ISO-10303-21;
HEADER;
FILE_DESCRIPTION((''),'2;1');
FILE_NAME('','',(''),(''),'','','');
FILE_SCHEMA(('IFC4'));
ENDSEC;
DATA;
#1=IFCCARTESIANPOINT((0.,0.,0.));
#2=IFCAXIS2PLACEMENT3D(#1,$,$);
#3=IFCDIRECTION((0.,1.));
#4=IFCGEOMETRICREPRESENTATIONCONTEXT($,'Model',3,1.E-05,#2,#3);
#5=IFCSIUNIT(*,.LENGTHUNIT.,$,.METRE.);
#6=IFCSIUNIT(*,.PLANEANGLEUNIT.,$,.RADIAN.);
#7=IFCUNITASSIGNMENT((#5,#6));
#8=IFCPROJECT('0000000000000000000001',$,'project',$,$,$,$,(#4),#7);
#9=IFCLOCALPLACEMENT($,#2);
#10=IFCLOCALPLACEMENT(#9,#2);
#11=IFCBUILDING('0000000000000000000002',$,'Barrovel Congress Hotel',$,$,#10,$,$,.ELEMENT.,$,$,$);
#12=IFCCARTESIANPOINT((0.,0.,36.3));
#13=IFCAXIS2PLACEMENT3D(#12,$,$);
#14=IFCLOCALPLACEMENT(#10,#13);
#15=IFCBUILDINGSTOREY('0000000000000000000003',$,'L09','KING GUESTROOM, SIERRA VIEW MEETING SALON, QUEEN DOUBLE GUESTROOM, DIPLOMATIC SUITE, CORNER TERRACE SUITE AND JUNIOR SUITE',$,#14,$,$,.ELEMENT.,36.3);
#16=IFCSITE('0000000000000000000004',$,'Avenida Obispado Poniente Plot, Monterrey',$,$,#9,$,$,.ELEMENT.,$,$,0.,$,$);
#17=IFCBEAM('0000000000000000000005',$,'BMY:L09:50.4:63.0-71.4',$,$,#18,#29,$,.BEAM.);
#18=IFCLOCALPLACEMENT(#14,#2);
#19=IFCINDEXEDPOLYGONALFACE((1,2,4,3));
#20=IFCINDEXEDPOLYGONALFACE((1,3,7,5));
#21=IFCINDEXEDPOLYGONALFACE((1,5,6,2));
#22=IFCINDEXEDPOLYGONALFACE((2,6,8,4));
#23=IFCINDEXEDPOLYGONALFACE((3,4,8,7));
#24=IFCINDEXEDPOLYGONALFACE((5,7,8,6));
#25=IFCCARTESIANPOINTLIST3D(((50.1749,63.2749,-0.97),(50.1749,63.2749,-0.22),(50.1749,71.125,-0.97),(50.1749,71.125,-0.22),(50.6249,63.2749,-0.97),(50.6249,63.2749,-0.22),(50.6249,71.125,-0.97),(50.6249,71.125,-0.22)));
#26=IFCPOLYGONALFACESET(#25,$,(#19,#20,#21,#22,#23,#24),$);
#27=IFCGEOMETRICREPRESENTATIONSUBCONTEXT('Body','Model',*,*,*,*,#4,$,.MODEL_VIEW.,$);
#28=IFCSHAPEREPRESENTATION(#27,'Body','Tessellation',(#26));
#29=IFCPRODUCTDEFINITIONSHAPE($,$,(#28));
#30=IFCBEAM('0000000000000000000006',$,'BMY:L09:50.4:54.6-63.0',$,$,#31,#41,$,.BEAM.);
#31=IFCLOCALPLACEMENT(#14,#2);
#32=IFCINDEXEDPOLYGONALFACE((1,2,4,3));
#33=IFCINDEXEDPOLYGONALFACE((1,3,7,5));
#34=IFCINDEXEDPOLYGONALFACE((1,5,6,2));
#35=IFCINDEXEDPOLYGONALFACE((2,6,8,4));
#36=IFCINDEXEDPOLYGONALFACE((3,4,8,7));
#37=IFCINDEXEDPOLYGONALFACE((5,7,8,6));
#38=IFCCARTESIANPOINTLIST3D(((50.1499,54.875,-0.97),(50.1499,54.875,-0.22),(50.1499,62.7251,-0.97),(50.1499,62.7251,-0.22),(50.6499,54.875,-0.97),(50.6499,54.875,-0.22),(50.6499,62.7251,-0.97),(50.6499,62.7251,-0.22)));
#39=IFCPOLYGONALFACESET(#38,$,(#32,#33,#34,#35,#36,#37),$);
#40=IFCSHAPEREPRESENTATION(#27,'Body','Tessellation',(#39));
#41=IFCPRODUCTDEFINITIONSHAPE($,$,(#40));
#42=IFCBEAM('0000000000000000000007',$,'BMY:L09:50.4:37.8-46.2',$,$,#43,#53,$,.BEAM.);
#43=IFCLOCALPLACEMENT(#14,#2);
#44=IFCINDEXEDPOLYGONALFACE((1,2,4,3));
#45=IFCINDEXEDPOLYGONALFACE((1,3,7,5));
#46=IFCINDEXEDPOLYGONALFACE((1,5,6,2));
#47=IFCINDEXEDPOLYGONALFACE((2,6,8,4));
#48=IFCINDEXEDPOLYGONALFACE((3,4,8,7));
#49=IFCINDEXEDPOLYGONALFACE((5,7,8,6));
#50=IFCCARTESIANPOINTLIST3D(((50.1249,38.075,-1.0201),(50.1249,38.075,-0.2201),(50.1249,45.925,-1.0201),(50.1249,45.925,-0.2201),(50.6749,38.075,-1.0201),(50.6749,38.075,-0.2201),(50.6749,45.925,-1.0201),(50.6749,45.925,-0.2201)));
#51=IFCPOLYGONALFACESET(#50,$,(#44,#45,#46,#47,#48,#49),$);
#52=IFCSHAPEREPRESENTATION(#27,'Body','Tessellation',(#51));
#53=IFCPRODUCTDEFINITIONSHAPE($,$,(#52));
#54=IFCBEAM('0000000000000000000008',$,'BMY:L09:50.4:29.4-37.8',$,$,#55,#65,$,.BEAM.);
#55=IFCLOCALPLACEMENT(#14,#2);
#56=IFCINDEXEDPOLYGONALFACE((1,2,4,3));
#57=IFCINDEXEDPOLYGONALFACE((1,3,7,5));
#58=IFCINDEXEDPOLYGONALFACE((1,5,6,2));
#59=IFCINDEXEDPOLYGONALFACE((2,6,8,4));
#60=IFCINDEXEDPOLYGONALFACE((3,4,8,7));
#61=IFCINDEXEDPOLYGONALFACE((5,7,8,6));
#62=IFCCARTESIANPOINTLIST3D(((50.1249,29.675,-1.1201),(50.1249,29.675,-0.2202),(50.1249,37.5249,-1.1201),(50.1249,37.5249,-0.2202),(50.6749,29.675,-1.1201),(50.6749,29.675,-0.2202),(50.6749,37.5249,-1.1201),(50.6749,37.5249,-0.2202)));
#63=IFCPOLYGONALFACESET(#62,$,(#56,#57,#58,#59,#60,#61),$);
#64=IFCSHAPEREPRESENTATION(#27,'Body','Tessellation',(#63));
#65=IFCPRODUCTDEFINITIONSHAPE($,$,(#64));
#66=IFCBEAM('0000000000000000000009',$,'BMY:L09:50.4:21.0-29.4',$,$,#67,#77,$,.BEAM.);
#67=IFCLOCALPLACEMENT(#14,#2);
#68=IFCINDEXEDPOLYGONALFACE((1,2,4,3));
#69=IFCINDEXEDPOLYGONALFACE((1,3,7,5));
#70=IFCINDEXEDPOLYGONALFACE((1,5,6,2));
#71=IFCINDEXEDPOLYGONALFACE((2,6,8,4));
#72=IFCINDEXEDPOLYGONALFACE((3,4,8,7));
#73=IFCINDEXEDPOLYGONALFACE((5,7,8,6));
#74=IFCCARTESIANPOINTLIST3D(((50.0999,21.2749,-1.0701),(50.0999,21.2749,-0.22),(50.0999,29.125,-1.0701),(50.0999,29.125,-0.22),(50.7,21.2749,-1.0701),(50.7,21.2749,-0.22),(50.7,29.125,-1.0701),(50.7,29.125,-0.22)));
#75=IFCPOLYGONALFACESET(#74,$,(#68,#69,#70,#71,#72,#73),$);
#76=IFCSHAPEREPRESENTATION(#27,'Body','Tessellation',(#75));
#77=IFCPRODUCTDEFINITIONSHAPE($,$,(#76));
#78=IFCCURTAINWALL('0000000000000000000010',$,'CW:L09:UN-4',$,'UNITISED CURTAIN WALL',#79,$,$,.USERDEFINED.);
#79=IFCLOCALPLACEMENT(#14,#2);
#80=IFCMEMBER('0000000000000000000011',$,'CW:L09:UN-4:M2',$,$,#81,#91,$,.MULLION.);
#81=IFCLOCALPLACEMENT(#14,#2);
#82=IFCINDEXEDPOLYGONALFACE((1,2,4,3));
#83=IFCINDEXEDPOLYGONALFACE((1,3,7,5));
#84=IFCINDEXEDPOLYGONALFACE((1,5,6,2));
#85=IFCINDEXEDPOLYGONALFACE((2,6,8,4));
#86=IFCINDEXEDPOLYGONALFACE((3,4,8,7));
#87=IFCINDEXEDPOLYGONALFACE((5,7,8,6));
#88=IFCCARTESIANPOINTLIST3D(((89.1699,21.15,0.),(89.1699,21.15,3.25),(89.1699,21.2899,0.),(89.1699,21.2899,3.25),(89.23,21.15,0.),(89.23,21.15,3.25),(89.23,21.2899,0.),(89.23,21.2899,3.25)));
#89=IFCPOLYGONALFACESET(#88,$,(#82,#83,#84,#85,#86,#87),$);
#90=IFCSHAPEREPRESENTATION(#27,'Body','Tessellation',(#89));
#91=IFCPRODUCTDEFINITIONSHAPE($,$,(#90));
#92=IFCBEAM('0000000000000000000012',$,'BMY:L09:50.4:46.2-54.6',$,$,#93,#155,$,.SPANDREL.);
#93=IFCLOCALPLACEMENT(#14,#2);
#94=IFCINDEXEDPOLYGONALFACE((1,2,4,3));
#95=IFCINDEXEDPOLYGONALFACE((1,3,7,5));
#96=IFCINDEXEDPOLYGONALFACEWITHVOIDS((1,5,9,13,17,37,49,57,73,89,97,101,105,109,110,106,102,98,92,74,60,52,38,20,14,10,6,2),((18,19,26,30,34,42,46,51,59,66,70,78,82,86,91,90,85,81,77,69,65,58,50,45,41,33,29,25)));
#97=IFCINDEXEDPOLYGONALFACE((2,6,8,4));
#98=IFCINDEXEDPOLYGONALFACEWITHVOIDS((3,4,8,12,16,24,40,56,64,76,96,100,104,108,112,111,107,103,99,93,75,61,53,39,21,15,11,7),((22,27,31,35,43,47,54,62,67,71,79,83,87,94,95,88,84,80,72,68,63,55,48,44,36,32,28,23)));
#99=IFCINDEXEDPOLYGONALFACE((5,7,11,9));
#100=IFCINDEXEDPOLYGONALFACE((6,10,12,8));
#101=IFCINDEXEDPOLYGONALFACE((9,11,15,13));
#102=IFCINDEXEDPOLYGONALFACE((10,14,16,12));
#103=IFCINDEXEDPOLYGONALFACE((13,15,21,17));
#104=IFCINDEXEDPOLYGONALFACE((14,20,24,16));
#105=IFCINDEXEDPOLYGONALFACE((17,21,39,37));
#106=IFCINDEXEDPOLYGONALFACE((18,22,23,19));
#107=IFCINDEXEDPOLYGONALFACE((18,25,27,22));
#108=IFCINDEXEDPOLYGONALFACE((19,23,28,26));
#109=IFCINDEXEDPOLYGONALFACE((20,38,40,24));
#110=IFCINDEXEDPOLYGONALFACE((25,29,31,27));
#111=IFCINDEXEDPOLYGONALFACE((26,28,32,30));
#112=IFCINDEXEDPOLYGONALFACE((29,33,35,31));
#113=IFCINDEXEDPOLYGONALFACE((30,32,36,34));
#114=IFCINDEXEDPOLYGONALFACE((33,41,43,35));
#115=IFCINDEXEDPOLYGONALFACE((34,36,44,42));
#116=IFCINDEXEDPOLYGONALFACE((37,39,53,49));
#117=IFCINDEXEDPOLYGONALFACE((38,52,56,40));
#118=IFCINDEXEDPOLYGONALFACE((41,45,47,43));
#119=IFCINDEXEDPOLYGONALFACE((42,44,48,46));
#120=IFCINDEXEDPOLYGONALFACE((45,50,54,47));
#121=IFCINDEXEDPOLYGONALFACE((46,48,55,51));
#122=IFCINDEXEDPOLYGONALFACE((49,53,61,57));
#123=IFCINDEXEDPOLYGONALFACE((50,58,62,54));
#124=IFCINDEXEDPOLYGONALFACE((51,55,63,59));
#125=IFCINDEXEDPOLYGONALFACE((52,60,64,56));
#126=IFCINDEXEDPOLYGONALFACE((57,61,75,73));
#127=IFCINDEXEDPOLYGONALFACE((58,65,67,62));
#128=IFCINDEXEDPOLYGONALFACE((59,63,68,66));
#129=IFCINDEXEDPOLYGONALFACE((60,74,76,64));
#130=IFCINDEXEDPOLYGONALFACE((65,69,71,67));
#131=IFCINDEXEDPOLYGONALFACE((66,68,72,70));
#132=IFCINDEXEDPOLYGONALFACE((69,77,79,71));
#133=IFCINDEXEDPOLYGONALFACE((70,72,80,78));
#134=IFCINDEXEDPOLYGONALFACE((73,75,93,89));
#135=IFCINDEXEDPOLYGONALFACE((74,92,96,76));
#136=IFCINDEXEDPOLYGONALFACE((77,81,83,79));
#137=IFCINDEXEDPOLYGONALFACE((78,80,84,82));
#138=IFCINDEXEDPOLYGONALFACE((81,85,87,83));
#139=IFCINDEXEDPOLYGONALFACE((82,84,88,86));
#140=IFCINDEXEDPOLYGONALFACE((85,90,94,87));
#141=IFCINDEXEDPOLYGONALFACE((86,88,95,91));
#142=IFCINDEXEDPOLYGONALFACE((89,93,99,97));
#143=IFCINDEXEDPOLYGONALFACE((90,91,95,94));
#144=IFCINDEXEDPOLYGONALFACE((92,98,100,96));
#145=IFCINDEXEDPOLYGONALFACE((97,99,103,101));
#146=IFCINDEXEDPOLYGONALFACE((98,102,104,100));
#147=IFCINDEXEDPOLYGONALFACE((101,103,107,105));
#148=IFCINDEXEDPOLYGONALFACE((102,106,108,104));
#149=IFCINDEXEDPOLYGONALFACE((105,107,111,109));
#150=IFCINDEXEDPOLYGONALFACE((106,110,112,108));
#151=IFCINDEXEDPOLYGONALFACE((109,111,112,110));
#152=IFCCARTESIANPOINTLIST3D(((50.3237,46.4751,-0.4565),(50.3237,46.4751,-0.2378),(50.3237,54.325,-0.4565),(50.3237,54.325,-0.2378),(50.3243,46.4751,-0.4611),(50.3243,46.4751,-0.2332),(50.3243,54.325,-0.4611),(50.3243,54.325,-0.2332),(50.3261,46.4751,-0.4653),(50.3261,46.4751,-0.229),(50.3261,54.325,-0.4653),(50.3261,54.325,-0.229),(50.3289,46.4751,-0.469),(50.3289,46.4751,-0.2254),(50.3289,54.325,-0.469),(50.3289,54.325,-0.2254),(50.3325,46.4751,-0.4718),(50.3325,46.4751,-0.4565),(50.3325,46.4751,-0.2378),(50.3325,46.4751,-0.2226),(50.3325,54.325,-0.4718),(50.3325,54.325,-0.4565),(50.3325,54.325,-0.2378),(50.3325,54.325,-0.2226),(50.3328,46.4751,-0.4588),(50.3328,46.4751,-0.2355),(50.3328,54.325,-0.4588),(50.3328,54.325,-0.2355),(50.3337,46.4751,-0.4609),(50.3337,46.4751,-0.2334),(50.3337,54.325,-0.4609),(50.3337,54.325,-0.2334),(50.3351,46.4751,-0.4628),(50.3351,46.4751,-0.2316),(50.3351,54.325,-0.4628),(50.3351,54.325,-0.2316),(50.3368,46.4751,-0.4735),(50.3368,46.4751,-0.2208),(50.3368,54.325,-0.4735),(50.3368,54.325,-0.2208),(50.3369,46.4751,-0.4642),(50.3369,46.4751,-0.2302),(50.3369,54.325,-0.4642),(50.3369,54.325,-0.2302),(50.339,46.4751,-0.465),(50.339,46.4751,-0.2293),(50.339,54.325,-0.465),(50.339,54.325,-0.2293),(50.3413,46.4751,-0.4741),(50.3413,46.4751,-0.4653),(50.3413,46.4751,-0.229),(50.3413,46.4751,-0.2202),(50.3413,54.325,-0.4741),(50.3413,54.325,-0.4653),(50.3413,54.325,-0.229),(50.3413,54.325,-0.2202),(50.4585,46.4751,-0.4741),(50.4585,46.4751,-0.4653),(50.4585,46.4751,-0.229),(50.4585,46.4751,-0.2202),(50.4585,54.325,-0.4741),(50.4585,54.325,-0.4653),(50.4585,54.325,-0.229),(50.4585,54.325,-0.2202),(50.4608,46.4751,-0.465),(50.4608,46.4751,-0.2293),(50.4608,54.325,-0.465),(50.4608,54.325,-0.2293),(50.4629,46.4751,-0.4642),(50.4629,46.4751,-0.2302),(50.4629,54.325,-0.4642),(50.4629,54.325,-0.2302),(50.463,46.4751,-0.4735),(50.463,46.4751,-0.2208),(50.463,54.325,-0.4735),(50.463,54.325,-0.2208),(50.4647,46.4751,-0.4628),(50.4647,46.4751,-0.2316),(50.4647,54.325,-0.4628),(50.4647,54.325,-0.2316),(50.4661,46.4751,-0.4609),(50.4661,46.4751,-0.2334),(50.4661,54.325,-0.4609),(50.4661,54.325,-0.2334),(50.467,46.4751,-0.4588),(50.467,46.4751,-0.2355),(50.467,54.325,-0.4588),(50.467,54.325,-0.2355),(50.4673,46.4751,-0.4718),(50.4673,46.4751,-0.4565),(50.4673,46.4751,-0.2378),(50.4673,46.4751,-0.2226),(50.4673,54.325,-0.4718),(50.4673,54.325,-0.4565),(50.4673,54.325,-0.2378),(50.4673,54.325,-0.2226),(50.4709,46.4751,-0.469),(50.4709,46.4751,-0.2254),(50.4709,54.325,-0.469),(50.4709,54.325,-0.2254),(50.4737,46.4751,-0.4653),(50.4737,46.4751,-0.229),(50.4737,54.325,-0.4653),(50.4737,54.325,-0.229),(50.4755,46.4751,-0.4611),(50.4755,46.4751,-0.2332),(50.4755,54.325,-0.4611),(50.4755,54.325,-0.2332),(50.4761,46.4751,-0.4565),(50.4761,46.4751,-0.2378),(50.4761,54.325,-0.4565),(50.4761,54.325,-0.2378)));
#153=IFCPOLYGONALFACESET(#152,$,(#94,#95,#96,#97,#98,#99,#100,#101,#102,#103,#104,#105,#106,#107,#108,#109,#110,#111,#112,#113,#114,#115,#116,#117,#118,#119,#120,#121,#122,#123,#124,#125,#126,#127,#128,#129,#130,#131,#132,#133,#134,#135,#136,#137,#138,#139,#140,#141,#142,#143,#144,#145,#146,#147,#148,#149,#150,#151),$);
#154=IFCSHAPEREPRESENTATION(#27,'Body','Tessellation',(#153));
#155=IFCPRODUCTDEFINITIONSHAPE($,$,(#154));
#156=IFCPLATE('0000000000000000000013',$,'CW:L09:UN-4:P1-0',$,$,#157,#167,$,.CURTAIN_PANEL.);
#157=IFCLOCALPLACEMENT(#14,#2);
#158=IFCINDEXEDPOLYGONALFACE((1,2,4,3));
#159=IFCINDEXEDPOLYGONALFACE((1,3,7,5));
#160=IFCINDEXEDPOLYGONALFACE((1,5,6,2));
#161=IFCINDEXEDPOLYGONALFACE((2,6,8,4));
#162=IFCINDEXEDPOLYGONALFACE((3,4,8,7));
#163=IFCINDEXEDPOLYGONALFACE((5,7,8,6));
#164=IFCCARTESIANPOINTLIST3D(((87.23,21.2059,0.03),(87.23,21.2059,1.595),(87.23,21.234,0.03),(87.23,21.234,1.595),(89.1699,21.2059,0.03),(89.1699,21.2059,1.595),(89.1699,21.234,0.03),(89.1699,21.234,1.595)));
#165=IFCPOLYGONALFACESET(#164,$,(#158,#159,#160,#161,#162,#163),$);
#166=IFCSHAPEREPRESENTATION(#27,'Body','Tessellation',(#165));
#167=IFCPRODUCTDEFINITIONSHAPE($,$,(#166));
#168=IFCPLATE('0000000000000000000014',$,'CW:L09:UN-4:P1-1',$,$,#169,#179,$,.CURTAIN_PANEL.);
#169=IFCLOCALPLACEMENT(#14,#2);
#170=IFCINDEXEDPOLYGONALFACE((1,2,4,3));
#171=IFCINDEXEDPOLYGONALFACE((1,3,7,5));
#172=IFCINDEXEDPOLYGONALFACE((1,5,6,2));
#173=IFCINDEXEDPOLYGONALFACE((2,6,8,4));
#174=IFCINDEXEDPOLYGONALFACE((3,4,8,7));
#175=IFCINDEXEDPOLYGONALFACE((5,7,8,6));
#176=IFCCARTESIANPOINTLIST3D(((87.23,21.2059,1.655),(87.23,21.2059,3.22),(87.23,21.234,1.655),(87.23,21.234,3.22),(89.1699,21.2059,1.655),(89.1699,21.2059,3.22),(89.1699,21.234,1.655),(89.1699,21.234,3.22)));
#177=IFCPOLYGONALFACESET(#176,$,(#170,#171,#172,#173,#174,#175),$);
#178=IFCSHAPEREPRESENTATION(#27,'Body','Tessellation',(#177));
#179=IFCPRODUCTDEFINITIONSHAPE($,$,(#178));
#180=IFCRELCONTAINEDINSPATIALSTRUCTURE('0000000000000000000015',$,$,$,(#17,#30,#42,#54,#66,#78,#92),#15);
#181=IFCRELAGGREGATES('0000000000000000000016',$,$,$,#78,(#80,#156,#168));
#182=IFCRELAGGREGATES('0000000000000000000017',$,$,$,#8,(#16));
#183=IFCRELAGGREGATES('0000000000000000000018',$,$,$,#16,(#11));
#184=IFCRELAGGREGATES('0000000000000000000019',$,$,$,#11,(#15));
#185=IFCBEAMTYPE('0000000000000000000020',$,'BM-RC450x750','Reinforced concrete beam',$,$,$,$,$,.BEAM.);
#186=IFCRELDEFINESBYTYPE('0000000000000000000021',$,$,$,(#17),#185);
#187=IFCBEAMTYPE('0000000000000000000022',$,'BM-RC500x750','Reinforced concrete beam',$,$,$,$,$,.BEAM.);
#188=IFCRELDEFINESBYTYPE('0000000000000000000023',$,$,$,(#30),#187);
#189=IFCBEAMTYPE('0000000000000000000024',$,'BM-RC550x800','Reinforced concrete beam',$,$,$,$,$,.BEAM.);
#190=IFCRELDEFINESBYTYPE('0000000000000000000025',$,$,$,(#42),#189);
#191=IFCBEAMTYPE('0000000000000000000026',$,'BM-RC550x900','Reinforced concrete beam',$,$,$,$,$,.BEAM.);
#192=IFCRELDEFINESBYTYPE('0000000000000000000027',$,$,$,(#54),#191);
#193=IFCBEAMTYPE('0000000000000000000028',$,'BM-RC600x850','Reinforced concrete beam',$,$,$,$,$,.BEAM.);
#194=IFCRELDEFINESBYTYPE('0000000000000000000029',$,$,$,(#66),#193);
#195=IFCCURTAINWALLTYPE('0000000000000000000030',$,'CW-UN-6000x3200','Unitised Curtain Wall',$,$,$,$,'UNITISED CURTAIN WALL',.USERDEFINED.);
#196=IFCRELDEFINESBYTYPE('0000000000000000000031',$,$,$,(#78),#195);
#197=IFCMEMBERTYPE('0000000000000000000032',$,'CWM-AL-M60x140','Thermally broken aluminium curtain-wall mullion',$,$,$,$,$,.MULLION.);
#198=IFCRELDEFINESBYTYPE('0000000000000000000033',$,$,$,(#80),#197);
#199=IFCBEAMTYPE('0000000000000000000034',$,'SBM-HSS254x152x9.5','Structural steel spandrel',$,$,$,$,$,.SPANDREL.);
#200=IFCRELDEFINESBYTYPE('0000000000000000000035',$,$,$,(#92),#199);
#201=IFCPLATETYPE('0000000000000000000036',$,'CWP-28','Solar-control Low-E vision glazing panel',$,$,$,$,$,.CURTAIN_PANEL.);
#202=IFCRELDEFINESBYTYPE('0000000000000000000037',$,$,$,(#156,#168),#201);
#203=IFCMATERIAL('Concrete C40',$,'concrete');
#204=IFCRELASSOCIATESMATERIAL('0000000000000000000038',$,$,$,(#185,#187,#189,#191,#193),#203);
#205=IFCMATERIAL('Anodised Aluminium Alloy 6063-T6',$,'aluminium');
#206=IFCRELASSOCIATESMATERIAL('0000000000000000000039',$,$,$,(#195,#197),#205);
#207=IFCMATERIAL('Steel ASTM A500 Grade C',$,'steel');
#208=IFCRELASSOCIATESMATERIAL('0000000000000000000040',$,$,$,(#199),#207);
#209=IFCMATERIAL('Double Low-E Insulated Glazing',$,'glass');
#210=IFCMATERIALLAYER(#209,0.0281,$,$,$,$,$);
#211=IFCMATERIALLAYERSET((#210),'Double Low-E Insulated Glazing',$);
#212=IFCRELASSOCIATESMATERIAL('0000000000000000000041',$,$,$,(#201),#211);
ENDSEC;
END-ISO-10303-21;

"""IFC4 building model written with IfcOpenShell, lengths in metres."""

from ifc_helpers import new_model, si_unit, direction, frame, origin, origin_2d, place, context, subcontext, project, spatial, rectangle, hollow_rectangle, extrude, material, layer, layer_set, material_profile, profile_set, type_object, element, aggregate, save


model = new_model("IFC4")

# Units and contexts
model_context = context("Model", 3, precision=1e-05, world=origin(), true_north=direction((0.0, 1.0)))
body_context = subcontext(model_context, "Body", "Model", "MODEL_VIEW")
ifc_project = project(units=[si_unit("LENGTHUNIT", "METRE"), si_unit("PLANEANGLEUNIT", "RADIAN")], contexts=[model_context])

# Site, building, storey
site_placement = place(None, origin())
site = spatial("IfcSite", under=ifc_project, at=site_placement, Name="Avenida Obispado Poniente Plot, Monterrey", CompositionType="ELEMENT", RefElevation=0.0)
building_placement = place(site_placement, origin())
building = spatial("IfcBuilding", under=site, at=building_placement, Name="Barrovel Congress Hotel", CompositionType="ELEMENT")
storey_placement = place(building_placement, frame((0.0, 0.0, 36.3)))
storey = spatial("IfcBuildingStorey", under=building, at=storey_placement, Name="L09", Description="KING GUESTROOM, SIERRA VIEW MEETING SALON, QUEEN DOUBLE GUESTROOM, DIPLOMATIC SUITE, CORNER TERRACE SUITE AND JUNIOR SUITE", CompositionType="ELEMENT", Elevation=36.3)

# Beams
ifc_material_1 = material(Name="Concrete C40", Category="concrete")
ifc_material_profile_1 = material_profile(ifc_material_1, rectangle(XDim=0.45, YDim=0.75, at=origin_2d()), Name="RC450x750")
ifc_profile_set_1 = profile_set([ifc_material_profile_1], Name="Concrete C40")
beam_type_1 = type_object("IfcBeamType", Name="BM-RC450x750", Description="Reinforced concrete beam", PredefinedType="BEAM", material=ifc_profile_set_1)
beam_1_placement = place(storey_placement, frame((50.3999, 63.2749, -0.595), z_axis=(0.0, 1.0, 0.0), x_axis=(-1.0, 0.0, 0.0)))
element("IfcBeam", 1, at=beam_1_placement, inside=storey, type_object=beam_type_1, Name="BMY:L09:50.4:63.0-71.4", PredefinedType="BEAM", context=body_context, shape_type="SweptSolid", body=[
    extrude(rectangle(XDim=0.45, YDim=0.75, at=origin_2d()), origin(), (0.0, 0.0, 1.0), 7.8501),
])
ifc_material_profile_2 = material_profile(ifc_material_1, rectangle(XDim=0.5, YDim=0.75, at=origin_2d()), Name="RC500x750")
ifc_profile_set_2 = profile_set([ifc_material_profile_2], Name="Concrete C40")
beam_type_2 = type_object("IfcBeamType", Name="BM-RC500x750", Description="Reinforced concrete beam", PredefinedType="BEAM", material=ifc_profile_set_2)
beam_2_placement = place(storey_placement, frame((50.3999, 54.875, -0.595), z_axis=(0.0, 1.0, 0.0), x_axis=(-1.0, 0.0, 0.0)))
element("IfcBeam", 2, at=beam_2_placement, inside=storey, type_object=beam_type_2, Name="BMY:L09:50.4:54.6-63.0", PredefinedType="BEAM", context=body_context, shape_type="SweptSolid", body=[
    extrude(rectangle(XDim=0.5, YDim=0.75, at=origin_2d()), origin(), (0.0, 0.0, 1.0), 7.8501),
])
ifc_material_profile_3 = material_profile(ifc_material_1, rectangle(XDim=0.55, YDim=0.8, at=origin_2d()), Name="RC550x800")
ifc_profile_set_3 = profile_set([ifc_material_profile_3], Name="Concrete C40")
beam_type_3 = type_object("IfcBeamType", Name="BM-RC550x800", Description="Reinforced concrete beam", PredefinedType="BEAM", material=ifc_profile_set_3)
beam_3_placement = place(storey_placement, frame((50.3999, 38.075, -0.6201), z_axis=(0.0, 1.0, 0.0), x_axis=(-1.0, 0.0, 0.0)))
element("IfcBeam", 3, at=beam_3_placement, inside=storey, type_object=beam_type_3, Name="BMY:L09:50.4:37.8-46.2", PredefinedType="BEAM", context=body_context, shape_type="SweptSolid", body=[
    extrude(rectangle(XDim=0.55, YDim=0.8, at=origin_2d()), origin(), (0.0, 0.0, 1.0), 7.8501),
])
ifc_material_profile_4 = material_profile(ifc_material_1, rectangle(XDim=0.55, YDim=0.8999, at=origin_2d()), Name="RC550x900")
ifc_profile_set_4 = profile_set([ifc_material_profile_4], Name="Concrete C40")
beam_type_4 = type_object("IfcBeamType", Name="BM-RC550x900", Description="Reinforced concrete beam", PredefinedType="BEAM", material=ifc_profile_set_4)
beam_4_placement = place(storey_placement, frame((50.3999, 29.675, -0.6702), z_axis=(0.0, 1.0, 0.0), x_axis=(-1.0, 0.0, 0.0)))
element("IfcBeam", 4, at=beam_4_placement, inside=storey, type_object=beam_type_4, Name="BMY:L09:50.4:29.4-37.8", PredefinedType="BEAM", context=body_context, shape_type="SweptSolid", body=[
    extrude(rectangle(XDim=0.55, YDim=0.8999, at=origin_2d()), origin(), (0.0, 0.0, 1.0), 7.8499),
])
ifc_material_profile_5 = material_profile(ifc_material_1, rectangle(XDim=0.6001, YDim=0.8501, at=origin_2d()), Name="RC600x850")
ifc_profile_set_5 = profile_set([ifc_material_profile_5], Name="Concrete C40")
beam_type_5 = type_object("IfcBeamType", Name="BM-RC600x850", Description="Reinforced concrete beam", PredefinedType="BEAM", material=ifc_profile_set_5)
beam_5_placement = place(storey_placement, frame((50.3999, 21.2749, -0.645), z_axis=(0.0, 1.0, 0.0), x_axis=(-1.0, 0.0, 0.0)))
element("IfcBeam", 5, at=beam_5_placement, inside=storey, type_object=beam_type_5, Name="BMY:L09:50.4:21.0-29.4", PredefinedType="BEAM", context=body_context, shape_type="SweptSolid", body=[
    extrude(rectangle(XDim=0.6001, YDim=0.8501, at=origin_2d()), origin(), (0.0, 0.0, 1.0), 7.8501),
])

# Curtain wall, member
ifc_material_2 = material(Name="Anodised Aluminium Alloy 6063-T6", Category="aluminium")
curtain_wall_type = type_object("IfcCurtainWallType", Name="CW-UN-6000x3200", Description="Unitised Curtain Wall", ElementType="UNITISED CURTAIN WALL", PredefinedType="USERDEFINED", material=ifc_material_2)
curtain_wall_placement = place(storey_placement, origin())
curtain_wall = element("IfcCurtainWall", 6, at=curtain_wall_placement, inside=storey, type_object=curtain_wall_type, Name="CW:L09:UN-4", ObjectType="UNITISED CURTAIN WALL", PredefinedType="USERDEFINED")
ifc_material_profile_6 = material_profile(ifc_material_2, rectangle(XDim=0.0601, YDim=0.1399, at=origin_2d()), Name="AL-M60x140")
ifc_profile_set_6 = profile_set([ifc_material_profile_6], Name="Anodised Aluminium Alloy 6063-T6")
member_type = type_object("IfcMemberType", Name="CWM-AL-M60x140", Description="Thermally broken aluminium curtain-wall mullion", PredefinedType="MULLION", material=ifc_profile_set_6)
member_placement = place(storey_placement, frame((89.2, 21.22, 0.0), z_axis=(0.0, 0.0, 1.0), x_axis=(1.0, 0.0, 0.0)))
member = element("IfcMember", 7, at=member_placement, type_object=member_type, Name="CW:L09:UN-4:M2", PredefinedType="MULLION", context=body_context, shape_type="SweptSolid", body=[
    extrude(rectangle(XDim=0.0601, YDim=0.1399, at=origin_2d()), origin(), (0.0, 0.0, 1.0), 3.25),
])

# Beam
ifc_material_3 = material(Name="Steel ASTM A500 Grade C", Category="steel")
ifc_material_profile_7 = material_profile(ifc_material_3, hollow_rectangle(XDim=0.1523, YDim=0.2539, WallThickness=0.0088, InnerFilletRadius=0.0088, OuterFilletRadius=0.0176, at=origin_2d()), Name="HSS254x152x9.5")
ifc_profile_set_7 = profile_set([ifc_material_profile_7], Name="Steel ASTM A500 Grade C")
beam_type_6 = type_object("IfcBeamType", Name="SBM-HSS254x152x9.5", Description="Structural steel spandrel", PredefinedType="SPANDREL", material=ifc_profile_set_7)
beam_6_placement = place(storey_placement, frame((50.3999, 46.4751, -0.3472), z_axis=(0.0, 1.0, 0.0), x_axis=(-1.0, 0.0, 0.0)))
element("IfcBeam", 8, at=beam_6_placement, inside=storey, type_object=beam_type_6, Name="BMY:L09:50.4:46.2-54.6", PredefinedType="SPANDREL", context=body_context, shape_type="SweptSolid", body=[
    extrude(hollow_rectangle(XDim=0.1523, YDim=0.2539, WallThickness=0.0088, InnerFilletRadius=0.0088, OuterFilletRadius=0.0176, at=origin_2d()), origin(), (0.0, 0.0, 1.0), 7.8499),
])

# Plates
ifc_material_4 = material(Name="Double Low-E Insulated Glazing", Category="glass")
ifc_layer_1 = layer(ifc_material_4, 0.0281)
ifc_layer_set_1 = layer_set([ifc_layer_1], Name="Double Low-E Insulated Glazing")
plate_type = type_object("IfcPlateType", Name="CWP-28", Description="Solar-control Low-E vision glazing panel", PredefinedType="CURTAIN_PANEL", material=ifc_layer_set_1)
plate_1_placement = place(storey_placement, frame((88.2, 21.22, 0.03), z_axis=(0.0, 0.0, 1.0), x_axis=(1.0, 0.0, 0.0)))
plate_1 = element("IfcPlate", 9, at=plate_1_placement, type_object=plate_type, Name="CW:L09:UN-4:P1-0", PredefinedType="CURTAIN_PANEL", context=body_context, shape_type="SweptSolid", body=[
    extrude(rectangle(XDim=1.9399, YDim=0.0281, at=origin_2d()), origin(), (0.0, 0.0, 1.0), 1.5649),
])
plate_2_placement = place(storey_placement, frame((88.2, 21.22, 1.655), z_axis=(0.0, 0.0, 1.0), x_axis=(1.0, 0.0, 0.0)))
plate_2 = element("IfcPlate", 10, at=plate_2_placement, type_object=plate_type, Name="CW:L09:UN-4:P1-1", PredefinedType="CURTAIN_PANEL", context=body_context, shape_type="SweptSolid", body=[
    extrude(rectangle(XDim=1.9399, YDim=0.0281, at=origin_2d()), origin(), (0.0, 0.0, 1.0), 1.5649),
])
aggregate(curtain_wall, [member, plate_1, plate_2])

save(model, "model.ifc")
